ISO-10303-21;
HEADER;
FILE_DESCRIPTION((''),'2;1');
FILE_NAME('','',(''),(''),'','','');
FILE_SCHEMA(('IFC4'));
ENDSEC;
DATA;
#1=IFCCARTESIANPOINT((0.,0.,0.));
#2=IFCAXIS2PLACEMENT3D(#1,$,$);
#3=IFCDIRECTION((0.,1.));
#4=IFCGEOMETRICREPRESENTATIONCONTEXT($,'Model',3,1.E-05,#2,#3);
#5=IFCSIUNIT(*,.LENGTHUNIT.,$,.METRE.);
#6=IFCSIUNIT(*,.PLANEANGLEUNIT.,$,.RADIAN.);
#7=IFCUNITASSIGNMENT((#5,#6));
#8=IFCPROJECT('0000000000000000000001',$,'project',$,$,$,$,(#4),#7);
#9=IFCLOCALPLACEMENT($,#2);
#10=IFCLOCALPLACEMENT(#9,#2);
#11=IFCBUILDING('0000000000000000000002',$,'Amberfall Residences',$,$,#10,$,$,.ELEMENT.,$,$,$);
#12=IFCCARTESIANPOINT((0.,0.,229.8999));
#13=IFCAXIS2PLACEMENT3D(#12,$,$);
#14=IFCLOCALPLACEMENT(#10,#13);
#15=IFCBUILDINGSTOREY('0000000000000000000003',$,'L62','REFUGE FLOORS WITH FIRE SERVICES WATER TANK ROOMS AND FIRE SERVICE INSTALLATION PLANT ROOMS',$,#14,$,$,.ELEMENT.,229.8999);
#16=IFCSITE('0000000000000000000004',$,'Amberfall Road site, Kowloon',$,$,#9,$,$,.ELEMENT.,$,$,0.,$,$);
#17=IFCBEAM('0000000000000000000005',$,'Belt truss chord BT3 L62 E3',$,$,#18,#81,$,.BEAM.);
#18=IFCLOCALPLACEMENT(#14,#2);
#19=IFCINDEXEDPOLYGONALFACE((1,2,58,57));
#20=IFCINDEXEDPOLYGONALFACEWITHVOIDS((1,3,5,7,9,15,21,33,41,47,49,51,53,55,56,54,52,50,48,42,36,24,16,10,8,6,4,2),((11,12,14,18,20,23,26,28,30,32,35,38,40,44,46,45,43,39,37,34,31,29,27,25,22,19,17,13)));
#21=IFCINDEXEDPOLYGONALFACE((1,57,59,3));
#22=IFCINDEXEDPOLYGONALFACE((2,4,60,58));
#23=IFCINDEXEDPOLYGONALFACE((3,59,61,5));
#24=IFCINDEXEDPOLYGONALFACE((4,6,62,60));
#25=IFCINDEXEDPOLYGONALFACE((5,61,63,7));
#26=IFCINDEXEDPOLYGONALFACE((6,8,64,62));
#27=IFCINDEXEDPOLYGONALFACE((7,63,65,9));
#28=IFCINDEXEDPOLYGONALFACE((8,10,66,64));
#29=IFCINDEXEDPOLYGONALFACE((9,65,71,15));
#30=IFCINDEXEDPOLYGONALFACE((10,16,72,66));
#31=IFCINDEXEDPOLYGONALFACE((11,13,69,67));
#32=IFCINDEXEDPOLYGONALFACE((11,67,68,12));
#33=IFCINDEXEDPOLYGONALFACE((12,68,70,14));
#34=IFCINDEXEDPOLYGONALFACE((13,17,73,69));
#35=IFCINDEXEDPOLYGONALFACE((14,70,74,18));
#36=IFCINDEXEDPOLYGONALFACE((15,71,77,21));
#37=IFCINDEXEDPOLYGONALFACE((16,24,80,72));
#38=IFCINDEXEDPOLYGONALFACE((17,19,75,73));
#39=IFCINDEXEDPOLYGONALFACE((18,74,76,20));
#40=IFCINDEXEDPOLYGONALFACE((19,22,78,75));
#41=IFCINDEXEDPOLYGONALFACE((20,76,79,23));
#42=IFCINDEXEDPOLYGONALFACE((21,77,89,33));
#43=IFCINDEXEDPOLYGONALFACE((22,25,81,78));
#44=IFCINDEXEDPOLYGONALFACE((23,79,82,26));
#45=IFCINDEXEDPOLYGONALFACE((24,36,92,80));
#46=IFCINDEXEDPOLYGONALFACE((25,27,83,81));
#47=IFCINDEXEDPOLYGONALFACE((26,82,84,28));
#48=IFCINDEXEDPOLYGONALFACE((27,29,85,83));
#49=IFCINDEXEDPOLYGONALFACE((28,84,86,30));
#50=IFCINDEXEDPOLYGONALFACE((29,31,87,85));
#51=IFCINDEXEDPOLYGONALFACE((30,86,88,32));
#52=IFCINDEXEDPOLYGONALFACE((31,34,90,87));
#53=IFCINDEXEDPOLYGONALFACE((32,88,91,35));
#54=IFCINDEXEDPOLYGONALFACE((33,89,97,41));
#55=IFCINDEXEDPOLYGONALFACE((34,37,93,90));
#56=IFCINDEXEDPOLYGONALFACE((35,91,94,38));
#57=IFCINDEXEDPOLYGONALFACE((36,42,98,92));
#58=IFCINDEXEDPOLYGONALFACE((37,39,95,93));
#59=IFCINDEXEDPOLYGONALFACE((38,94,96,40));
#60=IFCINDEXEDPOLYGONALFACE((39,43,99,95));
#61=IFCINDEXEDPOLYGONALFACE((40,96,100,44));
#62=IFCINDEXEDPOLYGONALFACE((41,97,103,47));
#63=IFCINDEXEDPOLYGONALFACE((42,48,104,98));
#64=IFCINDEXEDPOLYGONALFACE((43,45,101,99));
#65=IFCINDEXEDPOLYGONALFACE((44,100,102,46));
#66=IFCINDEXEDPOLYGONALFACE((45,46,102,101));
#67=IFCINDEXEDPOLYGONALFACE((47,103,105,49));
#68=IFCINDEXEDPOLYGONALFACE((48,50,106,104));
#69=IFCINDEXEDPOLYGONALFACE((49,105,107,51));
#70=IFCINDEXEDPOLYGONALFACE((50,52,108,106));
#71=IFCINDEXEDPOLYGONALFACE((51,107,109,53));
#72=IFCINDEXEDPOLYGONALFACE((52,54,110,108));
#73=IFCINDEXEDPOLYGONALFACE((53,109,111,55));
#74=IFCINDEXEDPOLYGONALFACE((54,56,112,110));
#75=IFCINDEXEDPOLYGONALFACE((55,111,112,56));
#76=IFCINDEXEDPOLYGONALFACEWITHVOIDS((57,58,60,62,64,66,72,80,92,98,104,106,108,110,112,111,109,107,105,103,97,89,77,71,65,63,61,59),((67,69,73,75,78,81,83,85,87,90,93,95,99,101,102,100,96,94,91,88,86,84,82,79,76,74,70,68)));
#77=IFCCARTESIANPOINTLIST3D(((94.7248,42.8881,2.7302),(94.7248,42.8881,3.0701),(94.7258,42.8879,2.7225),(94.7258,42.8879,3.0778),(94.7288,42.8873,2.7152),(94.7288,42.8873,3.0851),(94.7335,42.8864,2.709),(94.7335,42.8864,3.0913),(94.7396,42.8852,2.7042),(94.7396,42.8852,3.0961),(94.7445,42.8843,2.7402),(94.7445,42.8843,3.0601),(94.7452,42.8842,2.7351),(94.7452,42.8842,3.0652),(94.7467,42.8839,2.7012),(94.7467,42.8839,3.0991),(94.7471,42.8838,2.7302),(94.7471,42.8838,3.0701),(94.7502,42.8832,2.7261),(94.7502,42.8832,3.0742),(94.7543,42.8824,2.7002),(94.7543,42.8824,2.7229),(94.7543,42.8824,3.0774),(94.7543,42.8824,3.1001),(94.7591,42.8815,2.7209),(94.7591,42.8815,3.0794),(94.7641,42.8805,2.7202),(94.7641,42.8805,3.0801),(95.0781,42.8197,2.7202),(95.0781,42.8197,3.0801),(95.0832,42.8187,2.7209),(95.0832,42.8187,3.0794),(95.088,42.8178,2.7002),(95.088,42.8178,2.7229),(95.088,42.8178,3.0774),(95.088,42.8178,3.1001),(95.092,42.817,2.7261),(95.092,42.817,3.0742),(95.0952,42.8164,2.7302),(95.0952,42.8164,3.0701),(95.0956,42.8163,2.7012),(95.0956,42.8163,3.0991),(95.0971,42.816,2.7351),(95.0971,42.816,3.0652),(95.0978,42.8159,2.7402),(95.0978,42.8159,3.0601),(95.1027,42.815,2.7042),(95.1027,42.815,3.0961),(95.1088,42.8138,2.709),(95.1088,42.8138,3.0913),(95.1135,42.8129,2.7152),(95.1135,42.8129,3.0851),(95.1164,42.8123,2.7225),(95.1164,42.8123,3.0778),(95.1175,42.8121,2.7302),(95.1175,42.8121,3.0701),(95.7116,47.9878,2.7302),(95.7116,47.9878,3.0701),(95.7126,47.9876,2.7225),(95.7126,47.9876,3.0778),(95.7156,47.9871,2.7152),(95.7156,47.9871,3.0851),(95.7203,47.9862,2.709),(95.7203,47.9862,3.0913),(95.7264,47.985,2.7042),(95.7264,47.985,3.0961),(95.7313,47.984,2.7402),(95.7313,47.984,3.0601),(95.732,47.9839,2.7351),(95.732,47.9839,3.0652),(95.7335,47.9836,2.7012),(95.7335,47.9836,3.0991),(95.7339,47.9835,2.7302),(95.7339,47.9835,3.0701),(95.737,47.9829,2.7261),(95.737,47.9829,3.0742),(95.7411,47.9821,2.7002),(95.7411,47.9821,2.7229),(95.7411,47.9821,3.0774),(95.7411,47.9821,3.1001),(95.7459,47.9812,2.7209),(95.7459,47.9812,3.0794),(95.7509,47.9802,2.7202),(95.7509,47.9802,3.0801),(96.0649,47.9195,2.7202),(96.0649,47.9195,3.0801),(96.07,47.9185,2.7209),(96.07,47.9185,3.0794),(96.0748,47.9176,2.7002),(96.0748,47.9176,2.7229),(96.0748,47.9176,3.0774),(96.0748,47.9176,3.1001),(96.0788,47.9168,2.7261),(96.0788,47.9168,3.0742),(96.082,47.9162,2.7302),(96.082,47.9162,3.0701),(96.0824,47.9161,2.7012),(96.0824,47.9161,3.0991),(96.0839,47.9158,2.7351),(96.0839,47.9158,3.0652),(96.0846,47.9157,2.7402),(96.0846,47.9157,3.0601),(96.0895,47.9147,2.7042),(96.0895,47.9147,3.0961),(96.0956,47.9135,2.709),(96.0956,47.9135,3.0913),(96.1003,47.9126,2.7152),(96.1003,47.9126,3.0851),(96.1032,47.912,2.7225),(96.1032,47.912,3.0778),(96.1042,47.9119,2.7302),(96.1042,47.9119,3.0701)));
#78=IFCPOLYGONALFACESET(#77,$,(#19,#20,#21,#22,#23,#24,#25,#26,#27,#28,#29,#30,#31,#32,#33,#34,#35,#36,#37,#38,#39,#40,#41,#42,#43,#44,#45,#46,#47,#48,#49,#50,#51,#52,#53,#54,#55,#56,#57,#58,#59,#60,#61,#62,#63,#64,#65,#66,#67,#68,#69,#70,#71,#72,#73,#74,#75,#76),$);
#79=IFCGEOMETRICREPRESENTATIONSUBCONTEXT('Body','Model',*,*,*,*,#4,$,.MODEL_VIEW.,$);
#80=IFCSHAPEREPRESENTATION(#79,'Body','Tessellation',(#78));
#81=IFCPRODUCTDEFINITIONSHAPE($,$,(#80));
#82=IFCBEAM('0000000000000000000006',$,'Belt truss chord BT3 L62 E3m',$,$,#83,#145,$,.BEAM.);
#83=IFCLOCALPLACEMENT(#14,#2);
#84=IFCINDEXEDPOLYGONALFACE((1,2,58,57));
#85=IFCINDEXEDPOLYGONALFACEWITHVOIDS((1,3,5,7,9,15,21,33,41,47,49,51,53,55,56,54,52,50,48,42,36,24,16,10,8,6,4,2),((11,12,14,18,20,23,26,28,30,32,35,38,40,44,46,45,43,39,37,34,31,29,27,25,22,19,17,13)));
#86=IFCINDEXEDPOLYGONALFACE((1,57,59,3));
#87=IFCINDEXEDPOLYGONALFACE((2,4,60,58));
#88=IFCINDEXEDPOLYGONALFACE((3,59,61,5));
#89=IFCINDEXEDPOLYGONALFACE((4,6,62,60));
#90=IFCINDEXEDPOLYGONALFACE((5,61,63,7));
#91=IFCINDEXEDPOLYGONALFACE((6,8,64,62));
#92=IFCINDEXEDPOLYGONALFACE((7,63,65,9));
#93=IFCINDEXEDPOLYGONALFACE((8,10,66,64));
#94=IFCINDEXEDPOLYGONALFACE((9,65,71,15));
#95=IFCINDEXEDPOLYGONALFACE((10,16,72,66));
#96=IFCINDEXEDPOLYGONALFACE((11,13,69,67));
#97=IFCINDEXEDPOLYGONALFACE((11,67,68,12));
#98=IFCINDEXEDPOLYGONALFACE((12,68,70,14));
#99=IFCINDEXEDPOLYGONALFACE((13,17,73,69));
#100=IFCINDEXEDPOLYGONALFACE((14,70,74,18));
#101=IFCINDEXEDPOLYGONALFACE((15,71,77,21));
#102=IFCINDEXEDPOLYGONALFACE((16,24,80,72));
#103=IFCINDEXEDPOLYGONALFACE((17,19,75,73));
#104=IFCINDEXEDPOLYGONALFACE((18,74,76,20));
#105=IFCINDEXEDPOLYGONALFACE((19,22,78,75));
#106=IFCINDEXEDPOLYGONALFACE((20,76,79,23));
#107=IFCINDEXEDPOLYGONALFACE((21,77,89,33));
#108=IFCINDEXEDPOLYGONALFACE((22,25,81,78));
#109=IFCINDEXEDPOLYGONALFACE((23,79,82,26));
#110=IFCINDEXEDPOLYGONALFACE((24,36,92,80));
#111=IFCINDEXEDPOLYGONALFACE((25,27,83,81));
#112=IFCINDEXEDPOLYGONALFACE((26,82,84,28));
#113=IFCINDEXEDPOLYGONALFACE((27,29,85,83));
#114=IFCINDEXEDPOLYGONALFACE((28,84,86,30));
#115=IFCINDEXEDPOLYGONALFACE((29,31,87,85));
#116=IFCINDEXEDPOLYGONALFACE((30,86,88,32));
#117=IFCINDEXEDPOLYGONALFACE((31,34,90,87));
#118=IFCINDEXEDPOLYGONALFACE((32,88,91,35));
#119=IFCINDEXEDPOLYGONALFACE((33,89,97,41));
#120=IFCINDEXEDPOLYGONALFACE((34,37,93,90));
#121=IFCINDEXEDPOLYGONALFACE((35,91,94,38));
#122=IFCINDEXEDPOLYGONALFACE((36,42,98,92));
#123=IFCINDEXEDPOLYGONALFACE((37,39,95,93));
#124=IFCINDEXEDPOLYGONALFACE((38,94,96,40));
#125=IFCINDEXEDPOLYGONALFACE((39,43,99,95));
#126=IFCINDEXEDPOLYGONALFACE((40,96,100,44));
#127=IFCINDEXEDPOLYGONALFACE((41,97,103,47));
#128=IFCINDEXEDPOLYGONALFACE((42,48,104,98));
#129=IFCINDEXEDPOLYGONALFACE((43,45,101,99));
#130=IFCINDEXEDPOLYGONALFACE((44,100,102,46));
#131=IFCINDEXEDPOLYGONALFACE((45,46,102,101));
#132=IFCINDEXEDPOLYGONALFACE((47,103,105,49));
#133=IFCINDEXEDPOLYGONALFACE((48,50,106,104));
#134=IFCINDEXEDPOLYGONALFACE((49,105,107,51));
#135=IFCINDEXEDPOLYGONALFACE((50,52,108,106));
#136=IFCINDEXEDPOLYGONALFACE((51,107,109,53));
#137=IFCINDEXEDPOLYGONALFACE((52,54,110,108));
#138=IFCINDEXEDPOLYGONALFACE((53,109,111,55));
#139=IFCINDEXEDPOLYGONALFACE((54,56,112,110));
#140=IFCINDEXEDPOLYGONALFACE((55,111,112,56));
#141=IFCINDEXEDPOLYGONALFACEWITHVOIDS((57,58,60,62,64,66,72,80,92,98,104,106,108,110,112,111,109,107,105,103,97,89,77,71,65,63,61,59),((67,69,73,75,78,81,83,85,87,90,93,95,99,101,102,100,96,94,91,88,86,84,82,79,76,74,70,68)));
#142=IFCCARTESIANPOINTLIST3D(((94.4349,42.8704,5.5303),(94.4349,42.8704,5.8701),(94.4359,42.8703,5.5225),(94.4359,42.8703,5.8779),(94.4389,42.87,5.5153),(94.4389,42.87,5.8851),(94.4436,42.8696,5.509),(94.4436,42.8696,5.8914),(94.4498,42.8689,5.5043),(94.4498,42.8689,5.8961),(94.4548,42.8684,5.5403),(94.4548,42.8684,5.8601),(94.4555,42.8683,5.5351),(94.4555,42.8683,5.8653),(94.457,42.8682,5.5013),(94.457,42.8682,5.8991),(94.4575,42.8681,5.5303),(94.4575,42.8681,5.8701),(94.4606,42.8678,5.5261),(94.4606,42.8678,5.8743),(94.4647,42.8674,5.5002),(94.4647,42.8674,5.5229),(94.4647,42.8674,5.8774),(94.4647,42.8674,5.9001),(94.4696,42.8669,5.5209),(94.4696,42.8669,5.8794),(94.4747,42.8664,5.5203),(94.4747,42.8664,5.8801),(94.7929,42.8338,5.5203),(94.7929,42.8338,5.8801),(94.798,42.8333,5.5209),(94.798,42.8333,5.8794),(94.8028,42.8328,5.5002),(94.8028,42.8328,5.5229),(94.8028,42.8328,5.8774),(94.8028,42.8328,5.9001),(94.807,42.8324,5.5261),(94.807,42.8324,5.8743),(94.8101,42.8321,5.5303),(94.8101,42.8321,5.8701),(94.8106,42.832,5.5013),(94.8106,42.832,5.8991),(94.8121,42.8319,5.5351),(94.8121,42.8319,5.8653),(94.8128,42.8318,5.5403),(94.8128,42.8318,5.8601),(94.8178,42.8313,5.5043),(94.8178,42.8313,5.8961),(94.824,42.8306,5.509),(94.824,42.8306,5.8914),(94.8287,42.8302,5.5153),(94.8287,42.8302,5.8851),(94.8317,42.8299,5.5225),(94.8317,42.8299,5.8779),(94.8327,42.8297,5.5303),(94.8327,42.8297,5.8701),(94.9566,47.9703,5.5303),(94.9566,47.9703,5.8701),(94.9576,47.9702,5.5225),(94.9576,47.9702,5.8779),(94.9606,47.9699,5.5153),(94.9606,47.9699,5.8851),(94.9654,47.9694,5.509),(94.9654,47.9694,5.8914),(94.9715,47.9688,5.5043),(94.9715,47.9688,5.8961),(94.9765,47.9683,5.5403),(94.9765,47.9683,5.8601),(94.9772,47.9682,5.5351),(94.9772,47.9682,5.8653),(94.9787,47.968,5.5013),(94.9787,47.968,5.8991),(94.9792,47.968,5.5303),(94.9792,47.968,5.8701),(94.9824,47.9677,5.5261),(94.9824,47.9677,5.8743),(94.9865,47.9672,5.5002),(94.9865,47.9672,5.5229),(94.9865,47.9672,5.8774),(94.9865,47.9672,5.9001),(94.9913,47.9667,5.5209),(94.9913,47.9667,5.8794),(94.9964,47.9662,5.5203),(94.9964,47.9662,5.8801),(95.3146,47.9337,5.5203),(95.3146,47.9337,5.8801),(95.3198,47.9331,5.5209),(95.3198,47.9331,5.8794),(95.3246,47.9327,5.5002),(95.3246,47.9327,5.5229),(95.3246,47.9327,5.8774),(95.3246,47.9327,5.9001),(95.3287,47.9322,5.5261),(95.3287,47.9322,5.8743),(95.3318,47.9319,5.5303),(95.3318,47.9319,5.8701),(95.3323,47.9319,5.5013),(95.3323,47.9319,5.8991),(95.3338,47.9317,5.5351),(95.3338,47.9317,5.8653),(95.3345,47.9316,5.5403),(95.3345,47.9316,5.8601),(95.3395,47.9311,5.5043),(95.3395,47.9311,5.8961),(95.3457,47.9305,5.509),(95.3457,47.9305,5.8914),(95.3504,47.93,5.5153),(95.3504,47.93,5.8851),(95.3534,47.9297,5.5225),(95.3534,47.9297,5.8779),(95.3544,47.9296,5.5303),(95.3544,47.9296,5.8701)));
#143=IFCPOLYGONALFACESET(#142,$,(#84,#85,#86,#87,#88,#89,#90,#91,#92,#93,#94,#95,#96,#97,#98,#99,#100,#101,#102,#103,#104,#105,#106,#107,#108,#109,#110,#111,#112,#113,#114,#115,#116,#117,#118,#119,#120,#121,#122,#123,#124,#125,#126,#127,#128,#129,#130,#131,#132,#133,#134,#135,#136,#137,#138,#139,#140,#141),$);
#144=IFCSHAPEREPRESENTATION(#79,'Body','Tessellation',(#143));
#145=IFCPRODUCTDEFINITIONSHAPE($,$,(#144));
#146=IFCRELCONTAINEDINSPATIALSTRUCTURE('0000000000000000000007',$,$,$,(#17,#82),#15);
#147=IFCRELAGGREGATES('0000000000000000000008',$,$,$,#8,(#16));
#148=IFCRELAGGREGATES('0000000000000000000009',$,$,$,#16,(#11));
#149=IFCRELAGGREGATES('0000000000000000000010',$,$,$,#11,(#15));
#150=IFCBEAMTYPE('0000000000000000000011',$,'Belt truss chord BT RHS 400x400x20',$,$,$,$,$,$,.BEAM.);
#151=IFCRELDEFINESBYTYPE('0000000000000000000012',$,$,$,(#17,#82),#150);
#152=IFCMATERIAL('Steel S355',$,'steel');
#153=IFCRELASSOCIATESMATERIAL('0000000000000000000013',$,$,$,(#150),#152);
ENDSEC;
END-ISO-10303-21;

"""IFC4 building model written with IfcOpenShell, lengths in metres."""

from ifc_helpers import new_model, si_unit, direction, frame, origin, origin_2d, place, context, subcontext, project, spatial, hollow_rectangle, extrude, material, material_profile, profile_set, type_object, element, save


model = new_model("IFC4")

# Units and contexts
model_context = context("Model", 3, precision=1e-05, world=origin(), true_north=direction((0.0, 1.0)))
body_context = subcontext(model_context, "Body", "Model", "MODEL_VIEW")
ifc_project = project(units=[si_unit("LENGTHUNIT", "METRE"), si_unit("PLANEANGLEUNIT", "RADIAN")], contexts=[model_context])

# Site, building, storey
site_placement = place(None, origin())
site = spatial("IfcSite", under=ifc_project, at=site_placement, Name="Amberfall Road site, Kowloon", CompositionType="ELEMENT", RefElevation=0.0)
building_placement = place(site_placement, origin())
building = spatial("IfcBuilding", under=site, at=building_placement, Name="Amberfall Residences", CompositionType="ELEMENT")
storey_placement = place(building_placement, frame((0.0, 0.0, 229.8999)))
storey = spatial("IfcBuildingStorey", under=building, at=storey_placement, Name="L62", Description="REFUGE FLOORS WITH FIRE SERVICES WATER TANK ROOMS AND FIRE SERVICE INSTALLATION PLANT ROOMS", CompositionType="ELEMENT", Elevation=229.8999)

# Beams
ifc_material_1 = material(Name="Steel S355", Category="steel")
ifc_material_profile_1 = material_profile(ifc_material_1, hollow_rectangle(XDim=0.3999, YDim=0.3999, WallThickness=0.02, InnerFilletRadius=0.02, OuterFilletRadius=0.03, at=origin_2d()), Name="RHS 400x400x20")
ifc_profile_set_1 = profile_set([ifc_material_profile_1], Name="Steel S355")
beam_type = type_object("IfcBeamType", Name="Belt truss chord BT RHS 400x400x20", PredefinedType="BEAM", material=ifc_profile_set_1)
beam_1_placement = place(storey_placement, frame((94.9211, 42.8501, 2.9001), z_axis=(0.189975, 0.981789, 0.0), x_axis=(-0.981789, 0.189975, 0.0)))
element("IfcBeam", 1, at=beam_1_placement, inside=storey, type_object=beam_type, Name="Belt truss chord BT3 L62 E3", PredefinedType="BEAM", context=body_context, shape_type="SweptSolid", body=[
    extrude(hollow_rectangle(XDim=0.3999, YDim=0.3999, WallThickness=0.02, InnerFilletRadius=0.02, OuterFilletRadius=0.03, at=origin_2d()), origin(), (0.0, 0.0, 1.0), 5.1943),
])
beam_2_placement = place(storey_placement, frame((94.6338, 42.8501, 5.7002), z_axis=(0.101771, 0.994808, 0.0), x_axis=(-0.994808, 0.101771, 0.0)))
element("IfcBeam", 2, at=beam_2_placement, inside=storey, type_object=beam_type, Name="Belt truss chord BT3 L62 E3m", PredefinedType="BEAM", context=body_context, shape_type="SweptSolid", body=[
    extrude(hollow_rectangle(XDim=0.3999, YDim=0.3999, WallThickness=0.02, InnerFilletRadius=0.02, OuterFilletRadius=0.03, at=origin_2d()), origin(), (0.0, 0.0, 1.0), 5.1265),
])

save(model, "model.ifc")
